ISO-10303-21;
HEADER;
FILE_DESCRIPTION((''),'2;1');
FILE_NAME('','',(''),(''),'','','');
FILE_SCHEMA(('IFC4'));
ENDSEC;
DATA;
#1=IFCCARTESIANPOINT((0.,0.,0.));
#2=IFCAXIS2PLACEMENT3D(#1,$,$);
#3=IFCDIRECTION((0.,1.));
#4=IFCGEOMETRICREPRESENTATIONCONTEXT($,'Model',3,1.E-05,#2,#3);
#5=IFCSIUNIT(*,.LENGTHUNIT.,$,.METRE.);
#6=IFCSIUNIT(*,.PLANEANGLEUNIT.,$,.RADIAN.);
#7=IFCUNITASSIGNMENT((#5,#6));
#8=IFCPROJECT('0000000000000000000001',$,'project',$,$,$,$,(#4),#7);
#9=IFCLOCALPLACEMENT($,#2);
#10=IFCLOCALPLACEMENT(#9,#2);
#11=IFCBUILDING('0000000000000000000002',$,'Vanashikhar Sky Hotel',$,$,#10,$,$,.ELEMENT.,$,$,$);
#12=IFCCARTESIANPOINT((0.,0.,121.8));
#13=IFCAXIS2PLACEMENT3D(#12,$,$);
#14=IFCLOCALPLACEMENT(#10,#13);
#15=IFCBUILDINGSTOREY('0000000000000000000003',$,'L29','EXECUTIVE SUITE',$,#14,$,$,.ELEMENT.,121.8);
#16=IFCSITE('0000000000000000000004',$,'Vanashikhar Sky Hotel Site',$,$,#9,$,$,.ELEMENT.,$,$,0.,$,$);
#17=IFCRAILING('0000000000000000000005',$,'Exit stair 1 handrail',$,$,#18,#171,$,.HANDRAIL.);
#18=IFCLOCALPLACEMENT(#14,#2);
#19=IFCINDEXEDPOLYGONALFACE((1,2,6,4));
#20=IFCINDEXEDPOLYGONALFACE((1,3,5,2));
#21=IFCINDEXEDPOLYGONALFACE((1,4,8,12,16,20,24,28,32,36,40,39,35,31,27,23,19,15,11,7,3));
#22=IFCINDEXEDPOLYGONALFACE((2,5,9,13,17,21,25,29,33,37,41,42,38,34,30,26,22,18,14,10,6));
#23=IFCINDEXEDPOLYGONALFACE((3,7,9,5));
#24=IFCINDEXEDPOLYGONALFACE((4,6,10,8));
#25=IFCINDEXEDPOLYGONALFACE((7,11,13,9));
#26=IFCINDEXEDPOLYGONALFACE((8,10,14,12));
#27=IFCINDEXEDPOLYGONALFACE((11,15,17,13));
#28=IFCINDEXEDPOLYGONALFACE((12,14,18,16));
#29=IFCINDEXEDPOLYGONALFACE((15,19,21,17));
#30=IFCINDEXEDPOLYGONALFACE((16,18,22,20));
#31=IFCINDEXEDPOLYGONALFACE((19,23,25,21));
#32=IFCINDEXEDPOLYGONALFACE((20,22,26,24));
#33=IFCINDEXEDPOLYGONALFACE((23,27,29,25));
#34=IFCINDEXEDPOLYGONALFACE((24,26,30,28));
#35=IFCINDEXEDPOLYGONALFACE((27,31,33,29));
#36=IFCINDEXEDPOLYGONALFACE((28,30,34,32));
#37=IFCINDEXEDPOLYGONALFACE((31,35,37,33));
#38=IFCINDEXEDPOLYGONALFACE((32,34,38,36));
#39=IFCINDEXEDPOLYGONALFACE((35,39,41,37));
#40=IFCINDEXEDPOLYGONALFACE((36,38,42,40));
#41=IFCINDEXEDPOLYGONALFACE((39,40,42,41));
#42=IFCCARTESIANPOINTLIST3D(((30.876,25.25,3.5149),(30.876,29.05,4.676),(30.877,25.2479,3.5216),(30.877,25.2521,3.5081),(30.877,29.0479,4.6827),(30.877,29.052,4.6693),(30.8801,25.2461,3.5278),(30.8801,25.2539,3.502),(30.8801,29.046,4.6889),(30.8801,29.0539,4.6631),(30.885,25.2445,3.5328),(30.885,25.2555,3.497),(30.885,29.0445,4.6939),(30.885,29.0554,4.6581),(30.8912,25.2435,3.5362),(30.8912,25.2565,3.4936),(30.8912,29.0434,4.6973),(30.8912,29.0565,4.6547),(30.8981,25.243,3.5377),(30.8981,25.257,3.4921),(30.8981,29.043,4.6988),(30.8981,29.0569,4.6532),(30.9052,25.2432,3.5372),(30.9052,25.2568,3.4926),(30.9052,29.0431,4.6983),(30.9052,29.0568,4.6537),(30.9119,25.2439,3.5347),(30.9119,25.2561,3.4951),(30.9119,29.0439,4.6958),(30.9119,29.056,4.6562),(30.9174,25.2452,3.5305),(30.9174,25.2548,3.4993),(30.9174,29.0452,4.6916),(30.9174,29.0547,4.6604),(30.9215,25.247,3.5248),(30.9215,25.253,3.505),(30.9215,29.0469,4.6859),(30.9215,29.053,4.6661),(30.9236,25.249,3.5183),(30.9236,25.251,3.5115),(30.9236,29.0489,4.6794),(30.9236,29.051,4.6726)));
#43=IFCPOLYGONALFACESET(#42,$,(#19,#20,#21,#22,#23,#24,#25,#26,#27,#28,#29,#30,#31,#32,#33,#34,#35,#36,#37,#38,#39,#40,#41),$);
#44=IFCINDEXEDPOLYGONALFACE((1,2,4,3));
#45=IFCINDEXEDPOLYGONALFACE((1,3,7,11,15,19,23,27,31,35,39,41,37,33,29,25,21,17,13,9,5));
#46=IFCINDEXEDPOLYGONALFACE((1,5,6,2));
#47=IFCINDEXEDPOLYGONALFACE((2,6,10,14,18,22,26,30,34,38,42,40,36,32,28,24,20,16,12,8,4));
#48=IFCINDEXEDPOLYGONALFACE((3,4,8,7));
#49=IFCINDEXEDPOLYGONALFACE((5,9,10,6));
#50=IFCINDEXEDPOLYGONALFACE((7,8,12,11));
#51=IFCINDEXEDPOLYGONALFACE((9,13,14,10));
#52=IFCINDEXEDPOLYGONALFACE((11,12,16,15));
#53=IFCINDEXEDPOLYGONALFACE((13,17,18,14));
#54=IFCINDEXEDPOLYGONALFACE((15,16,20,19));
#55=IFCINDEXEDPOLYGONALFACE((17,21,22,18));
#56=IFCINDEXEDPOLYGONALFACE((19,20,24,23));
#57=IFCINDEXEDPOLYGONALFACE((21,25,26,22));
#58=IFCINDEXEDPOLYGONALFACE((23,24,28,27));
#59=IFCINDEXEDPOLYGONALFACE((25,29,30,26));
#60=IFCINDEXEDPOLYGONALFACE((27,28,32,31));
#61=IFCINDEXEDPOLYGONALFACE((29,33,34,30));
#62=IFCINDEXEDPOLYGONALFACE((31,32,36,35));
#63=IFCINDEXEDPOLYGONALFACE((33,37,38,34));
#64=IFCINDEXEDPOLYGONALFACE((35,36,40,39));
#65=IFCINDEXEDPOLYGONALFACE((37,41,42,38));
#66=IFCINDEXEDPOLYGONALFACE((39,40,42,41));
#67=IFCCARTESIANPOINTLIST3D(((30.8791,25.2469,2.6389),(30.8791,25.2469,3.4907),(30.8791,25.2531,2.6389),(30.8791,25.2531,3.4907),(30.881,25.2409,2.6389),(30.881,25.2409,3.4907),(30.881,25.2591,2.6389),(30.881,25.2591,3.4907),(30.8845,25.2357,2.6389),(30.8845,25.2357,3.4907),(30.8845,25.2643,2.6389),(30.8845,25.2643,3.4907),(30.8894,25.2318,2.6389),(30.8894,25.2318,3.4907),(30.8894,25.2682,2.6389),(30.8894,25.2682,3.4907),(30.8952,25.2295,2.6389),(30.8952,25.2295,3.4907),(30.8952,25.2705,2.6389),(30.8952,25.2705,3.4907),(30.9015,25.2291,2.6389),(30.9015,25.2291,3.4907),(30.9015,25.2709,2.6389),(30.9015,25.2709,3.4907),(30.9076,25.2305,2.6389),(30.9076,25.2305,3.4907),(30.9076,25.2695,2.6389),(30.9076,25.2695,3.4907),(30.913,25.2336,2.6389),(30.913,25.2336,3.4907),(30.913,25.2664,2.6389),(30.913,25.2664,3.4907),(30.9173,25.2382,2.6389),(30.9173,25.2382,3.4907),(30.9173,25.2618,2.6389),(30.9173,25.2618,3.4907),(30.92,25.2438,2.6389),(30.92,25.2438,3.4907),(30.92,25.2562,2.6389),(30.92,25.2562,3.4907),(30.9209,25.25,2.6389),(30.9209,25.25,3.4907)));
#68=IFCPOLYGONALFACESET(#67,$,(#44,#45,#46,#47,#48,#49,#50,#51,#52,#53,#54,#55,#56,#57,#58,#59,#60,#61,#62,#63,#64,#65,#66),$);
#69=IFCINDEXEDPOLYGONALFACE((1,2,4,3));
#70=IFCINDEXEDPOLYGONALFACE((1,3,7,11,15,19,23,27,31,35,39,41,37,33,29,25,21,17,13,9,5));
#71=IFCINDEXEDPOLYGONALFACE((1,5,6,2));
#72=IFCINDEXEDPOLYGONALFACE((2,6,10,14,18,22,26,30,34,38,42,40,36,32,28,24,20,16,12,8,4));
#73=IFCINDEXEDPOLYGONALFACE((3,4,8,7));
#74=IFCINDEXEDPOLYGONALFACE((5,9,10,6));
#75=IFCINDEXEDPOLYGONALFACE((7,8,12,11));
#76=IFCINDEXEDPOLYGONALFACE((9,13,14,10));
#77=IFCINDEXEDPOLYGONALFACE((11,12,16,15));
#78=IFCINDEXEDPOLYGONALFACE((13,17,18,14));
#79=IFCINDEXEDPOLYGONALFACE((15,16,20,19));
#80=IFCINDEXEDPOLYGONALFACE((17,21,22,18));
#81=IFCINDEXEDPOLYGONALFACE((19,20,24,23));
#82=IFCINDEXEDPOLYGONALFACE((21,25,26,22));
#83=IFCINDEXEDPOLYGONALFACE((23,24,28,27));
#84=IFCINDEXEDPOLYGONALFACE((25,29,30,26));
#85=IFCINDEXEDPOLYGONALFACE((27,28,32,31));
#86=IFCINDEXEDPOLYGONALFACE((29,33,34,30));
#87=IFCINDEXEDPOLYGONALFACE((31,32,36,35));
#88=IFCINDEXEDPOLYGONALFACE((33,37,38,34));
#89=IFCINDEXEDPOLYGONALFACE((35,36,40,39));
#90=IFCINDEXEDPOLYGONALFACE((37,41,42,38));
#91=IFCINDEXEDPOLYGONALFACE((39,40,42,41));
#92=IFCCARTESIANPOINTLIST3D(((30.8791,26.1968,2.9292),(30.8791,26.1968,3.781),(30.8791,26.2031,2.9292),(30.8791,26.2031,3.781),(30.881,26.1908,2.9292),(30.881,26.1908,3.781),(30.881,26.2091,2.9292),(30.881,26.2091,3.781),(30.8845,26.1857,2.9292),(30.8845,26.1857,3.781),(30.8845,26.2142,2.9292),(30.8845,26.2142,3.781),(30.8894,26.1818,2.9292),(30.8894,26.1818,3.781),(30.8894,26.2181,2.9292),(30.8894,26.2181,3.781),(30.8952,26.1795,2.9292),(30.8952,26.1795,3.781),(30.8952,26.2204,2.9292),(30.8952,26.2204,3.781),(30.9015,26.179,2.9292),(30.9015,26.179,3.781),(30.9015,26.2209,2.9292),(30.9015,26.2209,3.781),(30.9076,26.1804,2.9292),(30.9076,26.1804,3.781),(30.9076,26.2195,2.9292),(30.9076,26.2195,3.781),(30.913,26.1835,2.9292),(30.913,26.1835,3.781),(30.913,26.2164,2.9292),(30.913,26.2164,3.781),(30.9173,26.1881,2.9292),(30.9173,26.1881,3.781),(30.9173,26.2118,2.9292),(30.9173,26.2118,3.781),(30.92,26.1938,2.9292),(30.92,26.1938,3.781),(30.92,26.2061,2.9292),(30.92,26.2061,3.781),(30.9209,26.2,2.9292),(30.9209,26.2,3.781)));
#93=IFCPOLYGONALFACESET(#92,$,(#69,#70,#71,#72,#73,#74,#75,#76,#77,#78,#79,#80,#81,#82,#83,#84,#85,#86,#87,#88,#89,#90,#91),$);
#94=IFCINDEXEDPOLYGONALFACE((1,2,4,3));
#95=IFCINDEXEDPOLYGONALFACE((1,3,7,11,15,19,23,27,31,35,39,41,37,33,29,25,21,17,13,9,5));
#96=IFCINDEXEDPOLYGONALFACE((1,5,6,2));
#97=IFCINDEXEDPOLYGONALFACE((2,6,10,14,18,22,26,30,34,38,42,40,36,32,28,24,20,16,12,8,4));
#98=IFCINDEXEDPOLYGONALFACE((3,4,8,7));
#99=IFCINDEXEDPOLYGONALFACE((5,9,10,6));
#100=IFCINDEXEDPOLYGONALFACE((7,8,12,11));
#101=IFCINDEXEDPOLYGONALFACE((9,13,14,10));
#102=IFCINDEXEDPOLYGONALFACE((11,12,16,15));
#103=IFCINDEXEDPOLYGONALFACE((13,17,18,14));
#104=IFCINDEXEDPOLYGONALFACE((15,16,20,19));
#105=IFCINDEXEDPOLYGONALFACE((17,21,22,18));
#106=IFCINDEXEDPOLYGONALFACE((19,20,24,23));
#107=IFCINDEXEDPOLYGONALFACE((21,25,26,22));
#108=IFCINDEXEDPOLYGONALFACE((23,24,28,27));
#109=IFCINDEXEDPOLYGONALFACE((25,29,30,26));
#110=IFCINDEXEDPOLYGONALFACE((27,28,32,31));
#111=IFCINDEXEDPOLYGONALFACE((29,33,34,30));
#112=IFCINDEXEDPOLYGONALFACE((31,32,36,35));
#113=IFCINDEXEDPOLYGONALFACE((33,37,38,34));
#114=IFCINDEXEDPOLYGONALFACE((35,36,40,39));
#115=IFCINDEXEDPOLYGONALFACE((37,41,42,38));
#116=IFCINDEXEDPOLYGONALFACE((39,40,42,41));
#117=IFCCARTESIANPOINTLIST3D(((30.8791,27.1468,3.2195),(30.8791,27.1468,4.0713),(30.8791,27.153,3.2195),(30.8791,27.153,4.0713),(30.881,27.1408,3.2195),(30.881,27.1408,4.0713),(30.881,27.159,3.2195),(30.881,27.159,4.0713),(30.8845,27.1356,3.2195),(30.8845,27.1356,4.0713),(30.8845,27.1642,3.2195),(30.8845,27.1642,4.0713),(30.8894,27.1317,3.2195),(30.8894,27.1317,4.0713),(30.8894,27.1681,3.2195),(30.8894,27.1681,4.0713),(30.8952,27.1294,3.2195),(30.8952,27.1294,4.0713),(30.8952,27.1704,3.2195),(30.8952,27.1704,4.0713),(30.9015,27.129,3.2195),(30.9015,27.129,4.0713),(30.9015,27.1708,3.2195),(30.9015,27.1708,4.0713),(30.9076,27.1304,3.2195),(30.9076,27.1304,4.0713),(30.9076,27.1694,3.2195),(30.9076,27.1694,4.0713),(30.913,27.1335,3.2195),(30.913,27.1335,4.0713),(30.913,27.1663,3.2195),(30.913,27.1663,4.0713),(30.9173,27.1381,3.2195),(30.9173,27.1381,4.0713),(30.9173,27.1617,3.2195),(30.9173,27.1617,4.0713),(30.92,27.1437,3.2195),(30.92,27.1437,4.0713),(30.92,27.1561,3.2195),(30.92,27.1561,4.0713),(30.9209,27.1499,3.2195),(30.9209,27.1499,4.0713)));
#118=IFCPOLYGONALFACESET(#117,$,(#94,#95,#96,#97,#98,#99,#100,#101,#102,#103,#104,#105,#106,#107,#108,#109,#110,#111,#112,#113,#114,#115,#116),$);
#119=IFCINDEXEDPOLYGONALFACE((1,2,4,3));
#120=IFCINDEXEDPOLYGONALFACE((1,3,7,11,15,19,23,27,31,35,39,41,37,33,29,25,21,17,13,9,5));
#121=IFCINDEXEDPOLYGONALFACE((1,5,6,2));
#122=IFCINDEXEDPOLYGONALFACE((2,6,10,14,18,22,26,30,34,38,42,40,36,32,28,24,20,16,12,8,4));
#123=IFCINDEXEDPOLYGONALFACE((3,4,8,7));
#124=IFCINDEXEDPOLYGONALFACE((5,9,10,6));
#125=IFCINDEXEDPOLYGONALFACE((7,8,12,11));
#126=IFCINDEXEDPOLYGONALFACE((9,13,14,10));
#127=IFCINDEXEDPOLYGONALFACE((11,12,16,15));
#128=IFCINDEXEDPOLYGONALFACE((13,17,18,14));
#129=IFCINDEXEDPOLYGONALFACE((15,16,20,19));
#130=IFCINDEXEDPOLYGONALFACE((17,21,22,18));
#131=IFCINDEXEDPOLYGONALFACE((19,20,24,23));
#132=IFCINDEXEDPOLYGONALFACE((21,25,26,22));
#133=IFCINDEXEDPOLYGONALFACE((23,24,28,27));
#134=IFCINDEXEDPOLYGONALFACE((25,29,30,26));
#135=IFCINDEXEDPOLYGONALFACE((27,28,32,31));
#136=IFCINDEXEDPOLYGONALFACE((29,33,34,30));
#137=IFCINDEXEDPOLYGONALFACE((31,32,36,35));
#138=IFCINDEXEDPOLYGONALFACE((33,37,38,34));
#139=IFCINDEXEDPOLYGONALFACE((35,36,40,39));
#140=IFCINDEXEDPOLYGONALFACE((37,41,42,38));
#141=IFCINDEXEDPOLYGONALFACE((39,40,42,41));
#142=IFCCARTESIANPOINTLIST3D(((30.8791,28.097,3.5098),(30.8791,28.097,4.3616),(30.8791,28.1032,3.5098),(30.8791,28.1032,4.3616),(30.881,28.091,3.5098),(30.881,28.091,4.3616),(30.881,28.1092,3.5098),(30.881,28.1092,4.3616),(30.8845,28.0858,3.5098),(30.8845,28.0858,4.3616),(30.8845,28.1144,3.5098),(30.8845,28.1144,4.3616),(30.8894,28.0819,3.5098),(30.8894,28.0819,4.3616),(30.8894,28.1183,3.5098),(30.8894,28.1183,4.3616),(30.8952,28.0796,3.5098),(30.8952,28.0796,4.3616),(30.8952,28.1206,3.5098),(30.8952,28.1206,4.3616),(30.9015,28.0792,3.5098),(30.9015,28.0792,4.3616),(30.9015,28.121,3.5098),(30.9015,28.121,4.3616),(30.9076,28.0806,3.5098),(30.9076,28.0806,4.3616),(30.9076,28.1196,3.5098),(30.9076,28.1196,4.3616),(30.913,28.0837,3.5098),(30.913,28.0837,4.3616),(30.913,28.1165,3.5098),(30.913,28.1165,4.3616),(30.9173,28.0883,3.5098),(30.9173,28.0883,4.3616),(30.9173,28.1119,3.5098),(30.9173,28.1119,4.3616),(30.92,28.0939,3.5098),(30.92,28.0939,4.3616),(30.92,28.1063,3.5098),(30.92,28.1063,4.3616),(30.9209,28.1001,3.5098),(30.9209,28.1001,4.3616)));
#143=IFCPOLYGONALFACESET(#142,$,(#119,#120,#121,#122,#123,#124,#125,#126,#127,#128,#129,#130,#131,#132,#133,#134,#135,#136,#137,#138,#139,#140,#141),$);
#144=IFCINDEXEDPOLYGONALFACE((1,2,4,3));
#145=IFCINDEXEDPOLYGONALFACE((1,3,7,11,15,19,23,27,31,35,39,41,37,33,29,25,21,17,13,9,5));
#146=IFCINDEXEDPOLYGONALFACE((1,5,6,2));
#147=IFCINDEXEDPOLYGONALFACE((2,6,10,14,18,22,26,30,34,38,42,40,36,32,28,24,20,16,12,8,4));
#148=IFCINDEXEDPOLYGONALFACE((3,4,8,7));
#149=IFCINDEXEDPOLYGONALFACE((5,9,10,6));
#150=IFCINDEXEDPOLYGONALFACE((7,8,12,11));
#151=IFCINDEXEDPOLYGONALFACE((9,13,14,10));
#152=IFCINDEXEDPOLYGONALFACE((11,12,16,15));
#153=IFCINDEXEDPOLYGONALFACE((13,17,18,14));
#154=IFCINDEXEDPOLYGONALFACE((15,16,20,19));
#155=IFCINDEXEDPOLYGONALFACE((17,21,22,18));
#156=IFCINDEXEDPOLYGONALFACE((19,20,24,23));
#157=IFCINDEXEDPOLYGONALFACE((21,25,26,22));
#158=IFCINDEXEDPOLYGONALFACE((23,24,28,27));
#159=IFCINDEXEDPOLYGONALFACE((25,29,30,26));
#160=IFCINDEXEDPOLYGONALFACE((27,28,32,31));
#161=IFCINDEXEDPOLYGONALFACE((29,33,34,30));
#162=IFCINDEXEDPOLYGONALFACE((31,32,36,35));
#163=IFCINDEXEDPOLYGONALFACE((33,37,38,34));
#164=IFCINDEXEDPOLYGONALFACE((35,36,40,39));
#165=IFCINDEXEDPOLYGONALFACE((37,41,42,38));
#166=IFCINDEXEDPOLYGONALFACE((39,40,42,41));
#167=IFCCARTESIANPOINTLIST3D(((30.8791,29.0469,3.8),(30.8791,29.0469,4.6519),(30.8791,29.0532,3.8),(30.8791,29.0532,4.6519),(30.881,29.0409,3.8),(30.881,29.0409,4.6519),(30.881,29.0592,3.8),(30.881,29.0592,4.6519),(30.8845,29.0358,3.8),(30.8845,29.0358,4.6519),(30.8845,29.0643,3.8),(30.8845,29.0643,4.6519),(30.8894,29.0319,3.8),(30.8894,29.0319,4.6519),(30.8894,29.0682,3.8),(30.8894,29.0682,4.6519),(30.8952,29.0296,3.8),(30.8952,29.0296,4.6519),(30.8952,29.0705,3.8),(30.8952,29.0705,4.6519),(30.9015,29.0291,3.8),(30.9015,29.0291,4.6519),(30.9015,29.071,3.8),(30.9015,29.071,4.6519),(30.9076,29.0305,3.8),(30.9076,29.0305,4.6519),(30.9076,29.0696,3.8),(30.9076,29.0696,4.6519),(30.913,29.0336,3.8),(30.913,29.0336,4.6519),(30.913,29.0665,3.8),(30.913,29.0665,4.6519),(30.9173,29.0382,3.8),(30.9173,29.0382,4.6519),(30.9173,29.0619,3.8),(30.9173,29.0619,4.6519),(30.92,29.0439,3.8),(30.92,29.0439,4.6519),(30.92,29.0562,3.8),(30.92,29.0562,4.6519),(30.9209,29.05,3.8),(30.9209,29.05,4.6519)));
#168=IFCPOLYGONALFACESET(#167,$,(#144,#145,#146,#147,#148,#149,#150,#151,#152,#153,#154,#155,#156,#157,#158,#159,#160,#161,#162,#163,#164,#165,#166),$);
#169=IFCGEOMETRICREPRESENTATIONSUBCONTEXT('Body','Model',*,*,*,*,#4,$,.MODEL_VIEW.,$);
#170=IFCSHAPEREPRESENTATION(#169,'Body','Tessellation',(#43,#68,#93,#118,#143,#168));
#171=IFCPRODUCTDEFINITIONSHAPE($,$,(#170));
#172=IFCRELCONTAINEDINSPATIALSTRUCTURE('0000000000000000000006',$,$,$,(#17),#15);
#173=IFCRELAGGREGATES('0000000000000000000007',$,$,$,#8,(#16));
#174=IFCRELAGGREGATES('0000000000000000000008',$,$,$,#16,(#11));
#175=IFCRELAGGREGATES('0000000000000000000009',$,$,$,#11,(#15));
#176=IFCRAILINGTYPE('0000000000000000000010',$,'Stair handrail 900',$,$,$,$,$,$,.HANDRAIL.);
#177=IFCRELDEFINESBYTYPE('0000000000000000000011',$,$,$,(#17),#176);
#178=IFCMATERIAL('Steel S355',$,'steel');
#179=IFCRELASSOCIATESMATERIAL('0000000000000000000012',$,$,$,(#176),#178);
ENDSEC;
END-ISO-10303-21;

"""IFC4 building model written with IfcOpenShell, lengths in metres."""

from ifc_helpers import new_model, si_unit, direction, frame, origin, origin_2d, place, context, subcontext, project, spatial, circle, extrude, source, transform, mapped, material, type_object, element, save


model = new_model("IFC4")

# Units and contexts
model_context = context("Model", 3, precision=1e-05, world=origin(), true_north=direction((0.0, 1.0)))
body_context = subcontext(model_context, "Body", "Model", "MODEL_VIEW")
ifc_project = project(units=[si_unit("LENGTHUNIT", "METRE"), si_unit("PLANEANGLEUNIT", "RADIAN")], contexts=[model_context])

# Site, building, storey
site_placement = place(None, origin())
site = spatial("IfcSite", under=ifc_project, at=site_placement, Name="Vanashikhar Sky Hotel Site", CompositionType="ELEMENT", RefElevation=0.0)
building_placement = place(site_placement, origin())
building = spatial("IfcBuilding", under=site, at=building_placement, Name="Vanashikhar Sky Hotel", CompositionType="ELEMENT")
storey_placement = place(building_placement, frame((0.0, 0.0, 121.8)))
storey = spatial("IfcBuildingStorey", under=building, at=storey_placement, Name="L29", Description="EXECUTIVE SUITE", CompositionType="ELEMENT", Elevation=121.8)

# Railing
ifc_material_1 = material(Name="Steel S355", Category="steel")
railing_type = type_object("IfcRailingType", Name="Stair handrail 900", PredefinedType="HANDRAIL", material=ifc_material_1)
shared_shape_1 = source(origin(), body_context, "Body", "SweptSolid", [
    extrude(circle(Radius=0.0239, at=origin_2d()), frame((0.0, 0.0, 0.876), z_axis=(0.0, 0.956351, 0.29222), x_axis=(-1.0, 0.0, 0.0)), (0.0, 0.0, 1.0), 3.9734),
    extrude(circle(Radius=0.021, at=origin_2d()), origin(), (0.0, 0.0, 1.0), 0.8518),
    extrude(circle(Radius=0.021, at=origin_2d()), frame((0.0, 0.95, 0.2903)), (0.0, 0.0, 1.0), 0.8518),
    extrude(circle(Radius=0.021, at=origin_2d()), frame((0.0, 1.8999, 0.5806)), (0.0, 0.0, 1.0), 0.8518),
    extrude(circle(Radius=0.021, at=origin_2d()), frame((0.0, 2.8501, 0.8708)), (0.0, 0.0, 1.0), 0.8518),
    extrude(circle(Radius=0.021, at=origin_2d()), frame((0.0, 3.8, 1.1611)), (0.0, 0.0, 1.0), 0.8518),
])
for number, where, name in (
    (1, (30.8999, 25.25, 2.6389), "Exit stair 1 handrail"),
):
    element("IfcRailing", number, at=place(storey_placement, frame(where)), inside=storey, type_object=railing_type, Name=name, PredefinedType="HANDRAIL", context=body_context, shape_type="MappedRepresentation", body=[
        mapped(shared_shape_1, transform((0.0, 0.0, 0.0), scale=1.0)),
    ])

save(model, "model.ifc")
